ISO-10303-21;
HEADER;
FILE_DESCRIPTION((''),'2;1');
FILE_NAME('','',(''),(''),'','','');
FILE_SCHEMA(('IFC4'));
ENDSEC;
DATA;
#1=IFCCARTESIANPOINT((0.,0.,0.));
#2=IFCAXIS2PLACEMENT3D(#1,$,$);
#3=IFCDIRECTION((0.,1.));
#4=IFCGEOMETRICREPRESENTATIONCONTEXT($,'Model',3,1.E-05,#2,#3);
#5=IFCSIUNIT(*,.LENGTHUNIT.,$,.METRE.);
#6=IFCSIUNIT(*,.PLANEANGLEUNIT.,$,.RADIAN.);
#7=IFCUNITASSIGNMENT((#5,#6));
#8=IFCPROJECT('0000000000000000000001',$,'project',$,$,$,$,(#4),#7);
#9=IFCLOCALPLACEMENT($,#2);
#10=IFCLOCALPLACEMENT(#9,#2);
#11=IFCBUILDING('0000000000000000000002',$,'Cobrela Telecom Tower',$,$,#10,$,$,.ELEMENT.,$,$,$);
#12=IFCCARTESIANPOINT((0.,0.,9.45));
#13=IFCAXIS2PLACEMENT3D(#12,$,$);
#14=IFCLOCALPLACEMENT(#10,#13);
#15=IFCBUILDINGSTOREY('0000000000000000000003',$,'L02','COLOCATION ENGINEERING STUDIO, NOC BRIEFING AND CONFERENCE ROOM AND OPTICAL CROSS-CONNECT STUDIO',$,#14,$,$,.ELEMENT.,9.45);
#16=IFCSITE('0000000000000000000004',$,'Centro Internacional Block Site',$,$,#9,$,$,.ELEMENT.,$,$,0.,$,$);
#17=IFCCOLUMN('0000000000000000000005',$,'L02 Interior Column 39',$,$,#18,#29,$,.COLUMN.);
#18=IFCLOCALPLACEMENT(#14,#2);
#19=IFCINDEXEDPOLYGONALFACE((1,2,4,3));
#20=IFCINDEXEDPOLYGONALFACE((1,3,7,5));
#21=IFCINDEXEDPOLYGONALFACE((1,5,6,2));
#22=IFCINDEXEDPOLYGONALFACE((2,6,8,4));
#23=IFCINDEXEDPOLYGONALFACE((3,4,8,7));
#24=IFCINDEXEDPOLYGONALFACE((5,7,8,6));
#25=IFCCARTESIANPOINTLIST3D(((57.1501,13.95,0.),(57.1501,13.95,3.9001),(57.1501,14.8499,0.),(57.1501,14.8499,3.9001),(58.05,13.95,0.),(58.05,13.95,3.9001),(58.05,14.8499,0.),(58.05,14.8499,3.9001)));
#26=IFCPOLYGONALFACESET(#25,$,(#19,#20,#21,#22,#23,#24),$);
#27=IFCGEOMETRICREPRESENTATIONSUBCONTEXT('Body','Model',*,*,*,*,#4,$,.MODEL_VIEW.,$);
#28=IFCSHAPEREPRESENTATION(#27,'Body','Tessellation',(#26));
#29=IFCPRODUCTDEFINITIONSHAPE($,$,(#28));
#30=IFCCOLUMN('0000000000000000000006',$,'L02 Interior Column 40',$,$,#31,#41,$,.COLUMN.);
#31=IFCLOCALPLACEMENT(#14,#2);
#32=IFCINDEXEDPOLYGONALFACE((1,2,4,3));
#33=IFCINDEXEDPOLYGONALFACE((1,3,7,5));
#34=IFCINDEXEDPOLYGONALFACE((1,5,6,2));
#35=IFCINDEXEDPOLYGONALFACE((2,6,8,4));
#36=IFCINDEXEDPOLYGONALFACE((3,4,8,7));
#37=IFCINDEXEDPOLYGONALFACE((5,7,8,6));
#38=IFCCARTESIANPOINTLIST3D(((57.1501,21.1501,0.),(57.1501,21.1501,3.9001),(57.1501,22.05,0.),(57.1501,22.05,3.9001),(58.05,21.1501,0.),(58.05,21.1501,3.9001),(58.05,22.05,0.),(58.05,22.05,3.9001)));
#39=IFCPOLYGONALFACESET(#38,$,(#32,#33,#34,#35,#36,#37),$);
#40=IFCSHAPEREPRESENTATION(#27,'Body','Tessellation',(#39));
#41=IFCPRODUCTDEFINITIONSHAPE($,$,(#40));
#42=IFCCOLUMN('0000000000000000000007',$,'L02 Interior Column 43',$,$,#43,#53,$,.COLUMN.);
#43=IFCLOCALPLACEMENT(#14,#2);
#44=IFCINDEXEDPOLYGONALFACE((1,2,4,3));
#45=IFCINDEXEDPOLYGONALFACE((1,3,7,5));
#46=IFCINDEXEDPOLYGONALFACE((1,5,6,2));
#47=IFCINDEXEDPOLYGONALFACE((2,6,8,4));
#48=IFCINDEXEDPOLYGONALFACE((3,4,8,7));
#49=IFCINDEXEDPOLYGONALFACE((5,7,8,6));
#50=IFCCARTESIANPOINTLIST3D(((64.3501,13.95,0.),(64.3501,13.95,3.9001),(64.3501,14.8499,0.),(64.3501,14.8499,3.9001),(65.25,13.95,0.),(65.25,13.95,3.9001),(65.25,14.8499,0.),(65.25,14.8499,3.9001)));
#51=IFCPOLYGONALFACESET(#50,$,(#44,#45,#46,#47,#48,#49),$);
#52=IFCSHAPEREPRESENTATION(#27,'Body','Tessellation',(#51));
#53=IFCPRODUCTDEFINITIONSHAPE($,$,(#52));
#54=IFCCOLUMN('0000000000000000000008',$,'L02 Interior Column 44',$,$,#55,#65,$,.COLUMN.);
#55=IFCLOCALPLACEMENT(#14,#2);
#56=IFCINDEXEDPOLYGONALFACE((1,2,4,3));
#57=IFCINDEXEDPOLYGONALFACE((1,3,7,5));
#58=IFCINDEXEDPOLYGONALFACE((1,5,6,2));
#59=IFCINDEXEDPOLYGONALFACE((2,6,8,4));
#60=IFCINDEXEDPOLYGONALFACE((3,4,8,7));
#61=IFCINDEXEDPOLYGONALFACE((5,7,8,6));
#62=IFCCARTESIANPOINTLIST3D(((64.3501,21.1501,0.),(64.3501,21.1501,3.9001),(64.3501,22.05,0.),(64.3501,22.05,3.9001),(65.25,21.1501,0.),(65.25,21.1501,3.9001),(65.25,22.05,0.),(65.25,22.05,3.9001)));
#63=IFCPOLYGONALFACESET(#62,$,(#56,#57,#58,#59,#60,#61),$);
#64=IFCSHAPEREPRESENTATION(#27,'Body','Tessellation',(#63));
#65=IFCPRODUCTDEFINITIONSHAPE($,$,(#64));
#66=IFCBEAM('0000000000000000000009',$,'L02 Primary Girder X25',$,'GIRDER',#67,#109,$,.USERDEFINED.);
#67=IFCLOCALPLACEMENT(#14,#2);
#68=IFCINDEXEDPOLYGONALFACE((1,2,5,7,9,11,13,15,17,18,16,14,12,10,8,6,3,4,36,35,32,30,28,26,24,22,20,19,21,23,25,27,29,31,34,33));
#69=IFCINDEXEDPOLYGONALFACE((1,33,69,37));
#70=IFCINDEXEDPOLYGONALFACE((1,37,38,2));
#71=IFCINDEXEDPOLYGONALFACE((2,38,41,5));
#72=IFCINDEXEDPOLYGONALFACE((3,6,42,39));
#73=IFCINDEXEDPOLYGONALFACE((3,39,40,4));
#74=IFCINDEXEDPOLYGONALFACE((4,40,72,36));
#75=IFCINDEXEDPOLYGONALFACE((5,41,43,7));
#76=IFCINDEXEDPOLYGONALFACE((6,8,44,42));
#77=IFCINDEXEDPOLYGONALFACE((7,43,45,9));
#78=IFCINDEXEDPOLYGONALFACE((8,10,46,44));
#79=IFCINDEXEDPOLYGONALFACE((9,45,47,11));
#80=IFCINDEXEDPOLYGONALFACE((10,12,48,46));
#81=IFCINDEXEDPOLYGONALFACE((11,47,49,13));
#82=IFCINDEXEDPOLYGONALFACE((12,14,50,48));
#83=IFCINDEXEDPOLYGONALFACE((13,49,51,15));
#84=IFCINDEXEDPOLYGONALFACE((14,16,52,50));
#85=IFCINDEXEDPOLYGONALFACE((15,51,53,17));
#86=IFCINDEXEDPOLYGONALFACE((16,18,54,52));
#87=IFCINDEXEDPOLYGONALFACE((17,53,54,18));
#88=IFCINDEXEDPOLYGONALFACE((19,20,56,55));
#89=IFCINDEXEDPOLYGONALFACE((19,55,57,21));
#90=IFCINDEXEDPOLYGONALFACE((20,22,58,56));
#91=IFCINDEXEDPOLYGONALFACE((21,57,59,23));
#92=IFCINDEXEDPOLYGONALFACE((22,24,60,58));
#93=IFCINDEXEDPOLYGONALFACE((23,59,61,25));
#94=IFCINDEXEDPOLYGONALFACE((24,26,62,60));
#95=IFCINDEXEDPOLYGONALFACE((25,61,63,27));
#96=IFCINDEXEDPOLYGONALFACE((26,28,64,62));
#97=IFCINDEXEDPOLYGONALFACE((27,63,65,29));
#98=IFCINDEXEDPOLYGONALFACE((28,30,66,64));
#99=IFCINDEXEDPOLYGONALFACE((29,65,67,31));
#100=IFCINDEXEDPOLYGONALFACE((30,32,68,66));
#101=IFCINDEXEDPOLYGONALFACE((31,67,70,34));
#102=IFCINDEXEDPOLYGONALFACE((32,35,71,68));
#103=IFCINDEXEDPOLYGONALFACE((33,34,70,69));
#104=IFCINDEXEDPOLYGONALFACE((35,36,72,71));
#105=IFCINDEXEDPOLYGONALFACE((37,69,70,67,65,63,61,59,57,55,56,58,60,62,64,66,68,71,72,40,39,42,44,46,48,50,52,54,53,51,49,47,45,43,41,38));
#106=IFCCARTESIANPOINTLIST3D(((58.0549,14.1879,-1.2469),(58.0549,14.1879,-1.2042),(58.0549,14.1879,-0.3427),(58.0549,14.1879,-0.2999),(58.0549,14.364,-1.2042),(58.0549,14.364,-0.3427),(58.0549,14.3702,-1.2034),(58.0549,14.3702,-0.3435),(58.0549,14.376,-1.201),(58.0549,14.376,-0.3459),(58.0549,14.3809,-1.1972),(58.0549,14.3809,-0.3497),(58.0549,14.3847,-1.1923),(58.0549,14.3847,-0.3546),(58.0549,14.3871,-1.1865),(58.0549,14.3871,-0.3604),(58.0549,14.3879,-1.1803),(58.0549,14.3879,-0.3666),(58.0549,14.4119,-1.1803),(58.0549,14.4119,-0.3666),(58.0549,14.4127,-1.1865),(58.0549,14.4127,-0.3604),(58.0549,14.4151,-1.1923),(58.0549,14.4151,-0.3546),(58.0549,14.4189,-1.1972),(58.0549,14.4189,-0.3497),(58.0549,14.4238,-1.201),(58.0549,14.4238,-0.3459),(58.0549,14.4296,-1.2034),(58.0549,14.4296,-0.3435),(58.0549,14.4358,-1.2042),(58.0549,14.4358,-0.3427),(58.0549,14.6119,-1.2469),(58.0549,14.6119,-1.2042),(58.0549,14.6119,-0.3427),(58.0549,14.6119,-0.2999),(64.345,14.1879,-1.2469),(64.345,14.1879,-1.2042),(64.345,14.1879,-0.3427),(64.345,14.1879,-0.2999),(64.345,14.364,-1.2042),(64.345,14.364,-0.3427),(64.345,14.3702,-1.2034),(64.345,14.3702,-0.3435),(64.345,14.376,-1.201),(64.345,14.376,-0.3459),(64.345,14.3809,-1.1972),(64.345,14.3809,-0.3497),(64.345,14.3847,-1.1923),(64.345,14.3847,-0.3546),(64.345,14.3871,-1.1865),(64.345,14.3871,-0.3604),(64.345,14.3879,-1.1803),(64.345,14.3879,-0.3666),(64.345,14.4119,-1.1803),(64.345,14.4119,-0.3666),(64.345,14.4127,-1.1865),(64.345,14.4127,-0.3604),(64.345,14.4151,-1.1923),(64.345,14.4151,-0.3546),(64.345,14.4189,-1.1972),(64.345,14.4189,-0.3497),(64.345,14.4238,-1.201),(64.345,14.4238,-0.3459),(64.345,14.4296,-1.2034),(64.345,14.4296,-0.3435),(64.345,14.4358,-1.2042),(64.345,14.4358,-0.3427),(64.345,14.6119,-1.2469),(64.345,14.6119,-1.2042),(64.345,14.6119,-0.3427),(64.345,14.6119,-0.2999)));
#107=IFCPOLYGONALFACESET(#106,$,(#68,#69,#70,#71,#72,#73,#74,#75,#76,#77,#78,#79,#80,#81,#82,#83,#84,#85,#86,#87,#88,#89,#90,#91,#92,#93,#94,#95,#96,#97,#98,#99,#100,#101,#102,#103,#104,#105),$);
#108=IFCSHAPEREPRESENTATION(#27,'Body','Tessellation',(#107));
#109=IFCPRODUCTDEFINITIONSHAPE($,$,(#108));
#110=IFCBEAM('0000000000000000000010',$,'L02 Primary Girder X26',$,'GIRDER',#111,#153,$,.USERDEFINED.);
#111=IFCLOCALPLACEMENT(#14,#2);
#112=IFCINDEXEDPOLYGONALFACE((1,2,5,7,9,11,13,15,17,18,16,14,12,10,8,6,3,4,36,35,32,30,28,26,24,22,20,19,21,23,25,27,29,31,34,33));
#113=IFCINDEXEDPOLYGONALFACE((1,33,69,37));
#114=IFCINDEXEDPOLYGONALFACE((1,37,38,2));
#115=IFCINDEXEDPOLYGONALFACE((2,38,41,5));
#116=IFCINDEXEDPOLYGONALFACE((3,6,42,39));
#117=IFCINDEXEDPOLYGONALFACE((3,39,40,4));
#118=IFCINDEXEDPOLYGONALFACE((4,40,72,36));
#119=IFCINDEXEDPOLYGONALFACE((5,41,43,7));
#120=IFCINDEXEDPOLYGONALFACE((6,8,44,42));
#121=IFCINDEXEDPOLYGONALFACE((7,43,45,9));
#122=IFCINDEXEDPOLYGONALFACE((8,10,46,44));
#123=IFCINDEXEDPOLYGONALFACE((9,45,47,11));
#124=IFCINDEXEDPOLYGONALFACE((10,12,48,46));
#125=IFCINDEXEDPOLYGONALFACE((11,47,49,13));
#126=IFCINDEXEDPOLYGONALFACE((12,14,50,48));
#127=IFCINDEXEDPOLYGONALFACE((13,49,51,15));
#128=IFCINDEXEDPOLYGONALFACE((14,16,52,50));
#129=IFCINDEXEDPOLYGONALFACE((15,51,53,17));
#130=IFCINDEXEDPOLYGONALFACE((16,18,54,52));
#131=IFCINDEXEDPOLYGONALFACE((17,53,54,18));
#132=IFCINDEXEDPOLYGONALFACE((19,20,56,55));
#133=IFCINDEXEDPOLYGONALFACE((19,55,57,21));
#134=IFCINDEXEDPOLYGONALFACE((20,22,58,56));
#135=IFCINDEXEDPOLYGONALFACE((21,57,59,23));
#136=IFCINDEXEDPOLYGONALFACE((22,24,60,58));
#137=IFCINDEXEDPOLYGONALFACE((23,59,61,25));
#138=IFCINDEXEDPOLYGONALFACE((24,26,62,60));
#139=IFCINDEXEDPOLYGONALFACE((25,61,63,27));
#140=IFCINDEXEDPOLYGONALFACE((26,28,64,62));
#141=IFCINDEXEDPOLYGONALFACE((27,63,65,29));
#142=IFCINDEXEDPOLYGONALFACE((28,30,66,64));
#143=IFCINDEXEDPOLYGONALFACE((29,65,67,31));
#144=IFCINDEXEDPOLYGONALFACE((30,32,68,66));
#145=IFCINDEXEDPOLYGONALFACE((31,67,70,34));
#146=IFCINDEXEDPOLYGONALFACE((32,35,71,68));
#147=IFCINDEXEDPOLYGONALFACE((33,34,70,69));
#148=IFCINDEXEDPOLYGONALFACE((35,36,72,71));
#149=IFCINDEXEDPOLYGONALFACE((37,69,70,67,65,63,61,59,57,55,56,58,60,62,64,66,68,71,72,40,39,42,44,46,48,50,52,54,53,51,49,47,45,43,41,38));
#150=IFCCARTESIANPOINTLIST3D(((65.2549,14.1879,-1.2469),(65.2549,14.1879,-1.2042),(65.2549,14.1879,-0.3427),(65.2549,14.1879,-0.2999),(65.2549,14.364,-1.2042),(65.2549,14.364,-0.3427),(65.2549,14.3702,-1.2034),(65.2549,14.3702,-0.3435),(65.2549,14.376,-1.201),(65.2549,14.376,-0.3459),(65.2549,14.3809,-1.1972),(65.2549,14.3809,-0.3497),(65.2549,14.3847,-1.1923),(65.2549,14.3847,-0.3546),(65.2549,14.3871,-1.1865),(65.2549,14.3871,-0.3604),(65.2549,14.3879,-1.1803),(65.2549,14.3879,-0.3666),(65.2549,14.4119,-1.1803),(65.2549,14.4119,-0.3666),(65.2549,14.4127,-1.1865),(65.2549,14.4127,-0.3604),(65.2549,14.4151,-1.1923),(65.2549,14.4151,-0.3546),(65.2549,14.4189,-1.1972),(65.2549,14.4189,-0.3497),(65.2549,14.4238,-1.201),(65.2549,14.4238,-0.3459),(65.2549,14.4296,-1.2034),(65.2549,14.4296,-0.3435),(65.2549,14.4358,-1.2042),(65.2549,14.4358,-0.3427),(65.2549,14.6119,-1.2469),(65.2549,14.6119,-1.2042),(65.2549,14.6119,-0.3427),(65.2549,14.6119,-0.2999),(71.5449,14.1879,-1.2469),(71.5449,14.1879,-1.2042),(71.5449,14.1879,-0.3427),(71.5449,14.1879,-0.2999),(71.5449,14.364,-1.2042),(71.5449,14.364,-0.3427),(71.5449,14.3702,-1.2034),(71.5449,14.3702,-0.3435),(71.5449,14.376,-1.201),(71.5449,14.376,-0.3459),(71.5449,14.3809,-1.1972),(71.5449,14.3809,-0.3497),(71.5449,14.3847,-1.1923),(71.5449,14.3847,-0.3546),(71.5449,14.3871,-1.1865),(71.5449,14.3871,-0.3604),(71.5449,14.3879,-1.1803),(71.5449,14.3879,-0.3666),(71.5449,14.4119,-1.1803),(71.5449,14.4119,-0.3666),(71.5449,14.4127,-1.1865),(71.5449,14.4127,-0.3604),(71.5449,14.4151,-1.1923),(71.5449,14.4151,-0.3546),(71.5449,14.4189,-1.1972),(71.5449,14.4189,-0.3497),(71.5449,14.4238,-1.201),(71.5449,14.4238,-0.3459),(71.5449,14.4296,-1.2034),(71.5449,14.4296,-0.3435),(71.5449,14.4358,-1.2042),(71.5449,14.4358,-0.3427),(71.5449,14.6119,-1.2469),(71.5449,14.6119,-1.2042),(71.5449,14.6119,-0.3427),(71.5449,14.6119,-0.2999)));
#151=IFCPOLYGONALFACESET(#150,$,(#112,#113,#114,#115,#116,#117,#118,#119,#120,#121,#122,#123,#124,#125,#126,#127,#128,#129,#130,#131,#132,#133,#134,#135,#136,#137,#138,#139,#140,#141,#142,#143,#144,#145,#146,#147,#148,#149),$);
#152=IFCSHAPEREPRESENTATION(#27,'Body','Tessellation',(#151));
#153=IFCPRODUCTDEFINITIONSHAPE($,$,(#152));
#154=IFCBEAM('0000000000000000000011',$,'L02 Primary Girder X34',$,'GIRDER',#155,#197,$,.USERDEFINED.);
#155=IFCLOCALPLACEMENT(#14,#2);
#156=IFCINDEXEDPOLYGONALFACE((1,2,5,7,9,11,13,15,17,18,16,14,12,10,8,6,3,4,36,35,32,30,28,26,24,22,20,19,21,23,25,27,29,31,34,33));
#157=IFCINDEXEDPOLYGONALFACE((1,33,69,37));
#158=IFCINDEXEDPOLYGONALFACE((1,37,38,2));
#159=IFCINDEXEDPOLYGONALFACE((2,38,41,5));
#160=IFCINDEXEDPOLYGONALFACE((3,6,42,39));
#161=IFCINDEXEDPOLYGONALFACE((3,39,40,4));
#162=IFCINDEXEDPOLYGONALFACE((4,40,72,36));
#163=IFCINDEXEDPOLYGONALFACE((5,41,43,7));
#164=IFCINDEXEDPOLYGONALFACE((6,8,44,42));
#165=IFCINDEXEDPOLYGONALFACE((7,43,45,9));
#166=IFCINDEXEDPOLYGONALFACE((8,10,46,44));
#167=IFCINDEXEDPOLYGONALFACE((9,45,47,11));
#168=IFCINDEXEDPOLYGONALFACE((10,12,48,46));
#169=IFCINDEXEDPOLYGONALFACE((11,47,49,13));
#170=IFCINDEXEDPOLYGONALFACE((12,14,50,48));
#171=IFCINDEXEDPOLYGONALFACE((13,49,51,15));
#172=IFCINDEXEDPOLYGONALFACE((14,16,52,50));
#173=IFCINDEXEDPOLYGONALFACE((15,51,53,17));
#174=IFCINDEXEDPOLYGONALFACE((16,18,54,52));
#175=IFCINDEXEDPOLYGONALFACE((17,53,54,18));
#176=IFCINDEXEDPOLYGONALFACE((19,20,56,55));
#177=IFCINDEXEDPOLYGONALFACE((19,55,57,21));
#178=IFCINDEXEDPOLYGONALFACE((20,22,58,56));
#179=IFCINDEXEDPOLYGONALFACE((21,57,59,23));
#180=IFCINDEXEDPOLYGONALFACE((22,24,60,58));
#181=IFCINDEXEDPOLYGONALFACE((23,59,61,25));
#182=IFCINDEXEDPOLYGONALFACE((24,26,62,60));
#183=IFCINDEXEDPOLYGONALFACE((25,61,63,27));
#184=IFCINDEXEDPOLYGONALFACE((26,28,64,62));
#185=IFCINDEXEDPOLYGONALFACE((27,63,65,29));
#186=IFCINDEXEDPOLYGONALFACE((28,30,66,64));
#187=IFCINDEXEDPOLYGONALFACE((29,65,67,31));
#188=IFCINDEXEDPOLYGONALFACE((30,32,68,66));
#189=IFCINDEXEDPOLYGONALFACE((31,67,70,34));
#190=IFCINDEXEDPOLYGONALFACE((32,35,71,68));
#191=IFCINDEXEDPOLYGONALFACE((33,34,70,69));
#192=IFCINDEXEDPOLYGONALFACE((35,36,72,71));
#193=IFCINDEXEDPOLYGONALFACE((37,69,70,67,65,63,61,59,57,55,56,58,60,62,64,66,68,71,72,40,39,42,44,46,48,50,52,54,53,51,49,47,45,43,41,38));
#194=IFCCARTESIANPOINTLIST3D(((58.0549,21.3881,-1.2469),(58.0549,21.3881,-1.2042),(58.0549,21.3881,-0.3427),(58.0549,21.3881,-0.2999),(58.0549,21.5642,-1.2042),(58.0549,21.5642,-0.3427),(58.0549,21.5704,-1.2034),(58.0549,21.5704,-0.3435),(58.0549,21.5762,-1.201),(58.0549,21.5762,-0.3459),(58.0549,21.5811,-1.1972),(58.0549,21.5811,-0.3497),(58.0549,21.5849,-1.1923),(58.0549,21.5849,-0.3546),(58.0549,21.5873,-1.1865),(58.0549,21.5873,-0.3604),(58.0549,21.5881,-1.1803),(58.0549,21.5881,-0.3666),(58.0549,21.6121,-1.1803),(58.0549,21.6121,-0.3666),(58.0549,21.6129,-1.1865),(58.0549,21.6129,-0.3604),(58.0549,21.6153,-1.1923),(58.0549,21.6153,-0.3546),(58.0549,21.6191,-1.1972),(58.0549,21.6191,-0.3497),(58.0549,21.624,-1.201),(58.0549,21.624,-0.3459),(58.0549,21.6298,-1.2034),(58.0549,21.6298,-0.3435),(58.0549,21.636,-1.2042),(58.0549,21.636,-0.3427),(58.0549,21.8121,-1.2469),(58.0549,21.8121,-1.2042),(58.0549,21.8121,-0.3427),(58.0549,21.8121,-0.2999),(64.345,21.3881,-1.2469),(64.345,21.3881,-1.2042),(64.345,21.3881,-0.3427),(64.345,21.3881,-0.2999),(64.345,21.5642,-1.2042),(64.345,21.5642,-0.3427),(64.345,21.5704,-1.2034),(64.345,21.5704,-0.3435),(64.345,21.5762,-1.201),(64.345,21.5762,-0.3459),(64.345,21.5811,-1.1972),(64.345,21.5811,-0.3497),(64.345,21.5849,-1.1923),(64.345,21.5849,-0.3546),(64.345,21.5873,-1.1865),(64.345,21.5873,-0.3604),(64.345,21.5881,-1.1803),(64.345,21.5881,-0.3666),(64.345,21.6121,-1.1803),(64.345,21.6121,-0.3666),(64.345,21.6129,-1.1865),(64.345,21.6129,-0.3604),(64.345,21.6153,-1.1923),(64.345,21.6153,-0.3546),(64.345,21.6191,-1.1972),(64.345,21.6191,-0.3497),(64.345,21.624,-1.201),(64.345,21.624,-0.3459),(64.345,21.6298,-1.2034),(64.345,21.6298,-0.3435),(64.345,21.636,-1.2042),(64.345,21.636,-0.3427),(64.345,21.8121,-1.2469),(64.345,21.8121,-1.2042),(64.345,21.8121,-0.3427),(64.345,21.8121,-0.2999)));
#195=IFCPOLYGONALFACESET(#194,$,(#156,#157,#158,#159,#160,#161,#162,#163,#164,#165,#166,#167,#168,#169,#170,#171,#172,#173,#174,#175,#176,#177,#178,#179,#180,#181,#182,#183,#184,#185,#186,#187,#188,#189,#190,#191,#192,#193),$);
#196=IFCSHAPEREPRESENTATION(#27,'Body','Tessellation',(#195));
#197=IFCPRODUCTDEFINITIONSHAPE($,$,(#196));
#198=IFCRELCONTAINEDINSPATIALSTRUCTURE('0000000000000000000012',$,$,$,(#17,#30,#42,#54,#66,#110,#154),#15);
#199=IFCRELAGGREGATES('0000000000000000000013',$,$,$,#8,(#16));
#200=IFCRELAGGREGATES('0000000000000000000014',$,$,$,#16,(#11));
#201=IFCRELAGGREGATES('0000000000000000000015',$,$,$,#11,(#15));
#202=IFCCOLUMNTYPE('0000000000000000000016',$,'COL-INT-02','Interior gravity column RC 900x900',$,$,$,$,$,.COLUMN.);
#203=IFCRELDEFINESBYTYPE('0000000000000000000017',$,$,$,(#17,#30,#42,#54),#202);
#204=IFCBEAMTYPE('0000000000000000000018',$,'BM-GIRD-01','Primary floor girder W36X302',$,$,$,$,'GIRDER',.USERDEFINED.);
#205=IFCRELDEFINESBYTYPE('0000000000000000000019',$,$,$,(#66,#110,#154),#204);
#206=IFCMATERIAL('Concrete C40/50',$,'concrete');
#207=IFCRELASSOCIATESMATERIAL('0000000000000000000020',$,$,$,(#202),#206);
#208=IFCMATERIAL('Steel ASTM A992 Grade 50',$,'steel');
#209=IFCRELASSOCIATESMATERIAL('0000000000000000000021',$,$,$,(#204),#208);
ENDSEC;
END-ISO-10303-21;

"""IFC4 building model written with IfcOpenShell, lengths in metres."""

from ifc_helpers import new_model, si_unit, direction, frame, origin, origin_2d, place, context, subcontext, project, spatial, rectangle, i_section, extrude, material, material_profile, profile_set, type_object, element, save


model = new_model("IFC4")

# Units and contexts
model_context = context("Model", 3, precision=1e-05, world=origin(), true_north=direction((0.0, 1.0)))
body_context = subcontext(model_context, "Body", "Model", "MODEL_VIEW")
ifc_project = project(units=[si_unit("LENGTHUNIT", "METRE"), si_unit("PLANEANGLEUNIT", "RADIAN")], contexts=[model_context])

# Site, building, storey
site_placement = place(None, origin())
site = spatial("IfcSite", under=ifc_project, at=site_placement, Name="Centro Internacional Block Site", CompositionType="ELEMENT", RefElevation=0.0)
building_placement = place(site_placement, origin())
building = spatial("IfcBuilding", under=site, at=building_placement, Name="Cobrela Telecom Tower", CompositionType="ELEMENT")
storey_placement = place(building_placement, frame((0.0, 0.0, 9.45)))
storey = spatial("IfcBuildingStorey", under=building, at=storey_placement, Name="L02", Description="COLOCATION ENGINEERING STUDIO, NOC BRIEFING AND CONFERENCE ROOM AND OPTICAL CROSS-CONNECT STUDIO", CompositionType="ELEMENT", Elevation=9.45)

# Columns
ifc_material_1 = material(Name="Concrete C40/50", Category="concrete")
ifc_material_profile_1 = material_profile(ifc_material_1, rectangle(XDim=0.8999, YDim=0.8999, at=origin_2d()), Name="RC 900x900")
ifc_profile_set_1 = profile_set([ifc_material_profile_1], Name="Concrete C40/50")
column_type = type_object("IfcColumnType", Name="COL-INT-02", Description="Interior gravity column RC 900x900", PredefinedType="COLUMN", material=ifc_profile_set_1)
for number, where, z_axis, x_axis, name in (
    (1, (57.6001, 14.3999, 0.0), (0.0, 0.0, 1.0), (1.0, 0.0, 0.0), "L02 Interior Column 39"),
    (2, (57.6001, 21.6001, 0.0), (0.0, 0.0, 1.0), (1.0, 0.0, 0.0), "L02 Interior Column 40"),
    (3, (64.8, 14.3999, 0.0), (0.0, 0.0, 1.0), (1.0, 0.0, 0.0), "L02 Interior Column 43"),
    (4, (64.8, 21.6001, 0.0), (0.0, 0.0, 1.0), (1.0, 0.0, 0.0), "L02 Interior Column 44"),
):
    element("IfcColumn", number, at=place(storey_placement, frame(where, z_axis=z_axis, x_axis=x_axis)), inside=storey, type_object=column_type, Name=name, PredefinedType="COLUMN", context=body_context, shape_type="SweptSolid", body=[
        extrude(rectangle(XDim=0.8999, YDim=0.8999, at=origin_2d()), origin(), (0.0, 0.0, 1.0), 3.9001),
    ])

# Beams
ifc_material_2 = material(Name="Steel ASTM A992 Grade 50", Category="steel")
ifc_material_profile_2 = material_profile(ifc_material_2, i_section(OverallWidth=0.4241, OverallDepth=0.947, WebThickness=0.0239, FlangeThickness=0.0427, FilletRadius=0.0239, at=origin_2d()), Name="W36X302")
ifc_profile_set_2 = profile_set([ifc_material_profile_2], Name="Steel ASTM A992 Grade 50")
beam_type_1 = type_object("IfcBeamType", Name="BM-GIRD-01", Description="Primary floor girder W36X302", ElementType="GIRDER", PredefinedType="USERDEFINED", material=ifc_profile_set_2)
for number, where, z_axis, x_axis, name in (
    (5, (58.0549, 14.3999, -0.7734), (1.0, 0.0, 0.0), (0.0, 1.0, 0.0), "L02 Primary Girder X25"),
    (6, (65.2549, 14.3999, -0.7734), (1.0, 0.0, 0.0), (0.0, 1.0, 0.0), "L02 Primary Girder X26"),
    (7, (58.0549, 21.6001, -0.7734), (1.0, 0.0, 0.0), (0.0, 1.0, 0.0), "L02 Primary Girder X34"),
):
    element("IfcBeam", number, at=place(storey_placement, frame(where, z_axis=z_axis, x_axis=x_axis)), inside=storey, type_object=beam_type_1, Name=name, ObjectType="GIRDER", PredefinedType="USERDEFINED", context=body_context, shape_type="SweptSolid", body=[
        extrude(i_section(OverallWidth=0.4241, OverallDepth=0.947, WebThickness=0.0239, FlangeThickness=0.0427, FilletRadius=0.0239, at=origin_2d()), origin(), (0.0, 0.0, 1.0), 6.29),
    ])

save(model, "model.ifc")
